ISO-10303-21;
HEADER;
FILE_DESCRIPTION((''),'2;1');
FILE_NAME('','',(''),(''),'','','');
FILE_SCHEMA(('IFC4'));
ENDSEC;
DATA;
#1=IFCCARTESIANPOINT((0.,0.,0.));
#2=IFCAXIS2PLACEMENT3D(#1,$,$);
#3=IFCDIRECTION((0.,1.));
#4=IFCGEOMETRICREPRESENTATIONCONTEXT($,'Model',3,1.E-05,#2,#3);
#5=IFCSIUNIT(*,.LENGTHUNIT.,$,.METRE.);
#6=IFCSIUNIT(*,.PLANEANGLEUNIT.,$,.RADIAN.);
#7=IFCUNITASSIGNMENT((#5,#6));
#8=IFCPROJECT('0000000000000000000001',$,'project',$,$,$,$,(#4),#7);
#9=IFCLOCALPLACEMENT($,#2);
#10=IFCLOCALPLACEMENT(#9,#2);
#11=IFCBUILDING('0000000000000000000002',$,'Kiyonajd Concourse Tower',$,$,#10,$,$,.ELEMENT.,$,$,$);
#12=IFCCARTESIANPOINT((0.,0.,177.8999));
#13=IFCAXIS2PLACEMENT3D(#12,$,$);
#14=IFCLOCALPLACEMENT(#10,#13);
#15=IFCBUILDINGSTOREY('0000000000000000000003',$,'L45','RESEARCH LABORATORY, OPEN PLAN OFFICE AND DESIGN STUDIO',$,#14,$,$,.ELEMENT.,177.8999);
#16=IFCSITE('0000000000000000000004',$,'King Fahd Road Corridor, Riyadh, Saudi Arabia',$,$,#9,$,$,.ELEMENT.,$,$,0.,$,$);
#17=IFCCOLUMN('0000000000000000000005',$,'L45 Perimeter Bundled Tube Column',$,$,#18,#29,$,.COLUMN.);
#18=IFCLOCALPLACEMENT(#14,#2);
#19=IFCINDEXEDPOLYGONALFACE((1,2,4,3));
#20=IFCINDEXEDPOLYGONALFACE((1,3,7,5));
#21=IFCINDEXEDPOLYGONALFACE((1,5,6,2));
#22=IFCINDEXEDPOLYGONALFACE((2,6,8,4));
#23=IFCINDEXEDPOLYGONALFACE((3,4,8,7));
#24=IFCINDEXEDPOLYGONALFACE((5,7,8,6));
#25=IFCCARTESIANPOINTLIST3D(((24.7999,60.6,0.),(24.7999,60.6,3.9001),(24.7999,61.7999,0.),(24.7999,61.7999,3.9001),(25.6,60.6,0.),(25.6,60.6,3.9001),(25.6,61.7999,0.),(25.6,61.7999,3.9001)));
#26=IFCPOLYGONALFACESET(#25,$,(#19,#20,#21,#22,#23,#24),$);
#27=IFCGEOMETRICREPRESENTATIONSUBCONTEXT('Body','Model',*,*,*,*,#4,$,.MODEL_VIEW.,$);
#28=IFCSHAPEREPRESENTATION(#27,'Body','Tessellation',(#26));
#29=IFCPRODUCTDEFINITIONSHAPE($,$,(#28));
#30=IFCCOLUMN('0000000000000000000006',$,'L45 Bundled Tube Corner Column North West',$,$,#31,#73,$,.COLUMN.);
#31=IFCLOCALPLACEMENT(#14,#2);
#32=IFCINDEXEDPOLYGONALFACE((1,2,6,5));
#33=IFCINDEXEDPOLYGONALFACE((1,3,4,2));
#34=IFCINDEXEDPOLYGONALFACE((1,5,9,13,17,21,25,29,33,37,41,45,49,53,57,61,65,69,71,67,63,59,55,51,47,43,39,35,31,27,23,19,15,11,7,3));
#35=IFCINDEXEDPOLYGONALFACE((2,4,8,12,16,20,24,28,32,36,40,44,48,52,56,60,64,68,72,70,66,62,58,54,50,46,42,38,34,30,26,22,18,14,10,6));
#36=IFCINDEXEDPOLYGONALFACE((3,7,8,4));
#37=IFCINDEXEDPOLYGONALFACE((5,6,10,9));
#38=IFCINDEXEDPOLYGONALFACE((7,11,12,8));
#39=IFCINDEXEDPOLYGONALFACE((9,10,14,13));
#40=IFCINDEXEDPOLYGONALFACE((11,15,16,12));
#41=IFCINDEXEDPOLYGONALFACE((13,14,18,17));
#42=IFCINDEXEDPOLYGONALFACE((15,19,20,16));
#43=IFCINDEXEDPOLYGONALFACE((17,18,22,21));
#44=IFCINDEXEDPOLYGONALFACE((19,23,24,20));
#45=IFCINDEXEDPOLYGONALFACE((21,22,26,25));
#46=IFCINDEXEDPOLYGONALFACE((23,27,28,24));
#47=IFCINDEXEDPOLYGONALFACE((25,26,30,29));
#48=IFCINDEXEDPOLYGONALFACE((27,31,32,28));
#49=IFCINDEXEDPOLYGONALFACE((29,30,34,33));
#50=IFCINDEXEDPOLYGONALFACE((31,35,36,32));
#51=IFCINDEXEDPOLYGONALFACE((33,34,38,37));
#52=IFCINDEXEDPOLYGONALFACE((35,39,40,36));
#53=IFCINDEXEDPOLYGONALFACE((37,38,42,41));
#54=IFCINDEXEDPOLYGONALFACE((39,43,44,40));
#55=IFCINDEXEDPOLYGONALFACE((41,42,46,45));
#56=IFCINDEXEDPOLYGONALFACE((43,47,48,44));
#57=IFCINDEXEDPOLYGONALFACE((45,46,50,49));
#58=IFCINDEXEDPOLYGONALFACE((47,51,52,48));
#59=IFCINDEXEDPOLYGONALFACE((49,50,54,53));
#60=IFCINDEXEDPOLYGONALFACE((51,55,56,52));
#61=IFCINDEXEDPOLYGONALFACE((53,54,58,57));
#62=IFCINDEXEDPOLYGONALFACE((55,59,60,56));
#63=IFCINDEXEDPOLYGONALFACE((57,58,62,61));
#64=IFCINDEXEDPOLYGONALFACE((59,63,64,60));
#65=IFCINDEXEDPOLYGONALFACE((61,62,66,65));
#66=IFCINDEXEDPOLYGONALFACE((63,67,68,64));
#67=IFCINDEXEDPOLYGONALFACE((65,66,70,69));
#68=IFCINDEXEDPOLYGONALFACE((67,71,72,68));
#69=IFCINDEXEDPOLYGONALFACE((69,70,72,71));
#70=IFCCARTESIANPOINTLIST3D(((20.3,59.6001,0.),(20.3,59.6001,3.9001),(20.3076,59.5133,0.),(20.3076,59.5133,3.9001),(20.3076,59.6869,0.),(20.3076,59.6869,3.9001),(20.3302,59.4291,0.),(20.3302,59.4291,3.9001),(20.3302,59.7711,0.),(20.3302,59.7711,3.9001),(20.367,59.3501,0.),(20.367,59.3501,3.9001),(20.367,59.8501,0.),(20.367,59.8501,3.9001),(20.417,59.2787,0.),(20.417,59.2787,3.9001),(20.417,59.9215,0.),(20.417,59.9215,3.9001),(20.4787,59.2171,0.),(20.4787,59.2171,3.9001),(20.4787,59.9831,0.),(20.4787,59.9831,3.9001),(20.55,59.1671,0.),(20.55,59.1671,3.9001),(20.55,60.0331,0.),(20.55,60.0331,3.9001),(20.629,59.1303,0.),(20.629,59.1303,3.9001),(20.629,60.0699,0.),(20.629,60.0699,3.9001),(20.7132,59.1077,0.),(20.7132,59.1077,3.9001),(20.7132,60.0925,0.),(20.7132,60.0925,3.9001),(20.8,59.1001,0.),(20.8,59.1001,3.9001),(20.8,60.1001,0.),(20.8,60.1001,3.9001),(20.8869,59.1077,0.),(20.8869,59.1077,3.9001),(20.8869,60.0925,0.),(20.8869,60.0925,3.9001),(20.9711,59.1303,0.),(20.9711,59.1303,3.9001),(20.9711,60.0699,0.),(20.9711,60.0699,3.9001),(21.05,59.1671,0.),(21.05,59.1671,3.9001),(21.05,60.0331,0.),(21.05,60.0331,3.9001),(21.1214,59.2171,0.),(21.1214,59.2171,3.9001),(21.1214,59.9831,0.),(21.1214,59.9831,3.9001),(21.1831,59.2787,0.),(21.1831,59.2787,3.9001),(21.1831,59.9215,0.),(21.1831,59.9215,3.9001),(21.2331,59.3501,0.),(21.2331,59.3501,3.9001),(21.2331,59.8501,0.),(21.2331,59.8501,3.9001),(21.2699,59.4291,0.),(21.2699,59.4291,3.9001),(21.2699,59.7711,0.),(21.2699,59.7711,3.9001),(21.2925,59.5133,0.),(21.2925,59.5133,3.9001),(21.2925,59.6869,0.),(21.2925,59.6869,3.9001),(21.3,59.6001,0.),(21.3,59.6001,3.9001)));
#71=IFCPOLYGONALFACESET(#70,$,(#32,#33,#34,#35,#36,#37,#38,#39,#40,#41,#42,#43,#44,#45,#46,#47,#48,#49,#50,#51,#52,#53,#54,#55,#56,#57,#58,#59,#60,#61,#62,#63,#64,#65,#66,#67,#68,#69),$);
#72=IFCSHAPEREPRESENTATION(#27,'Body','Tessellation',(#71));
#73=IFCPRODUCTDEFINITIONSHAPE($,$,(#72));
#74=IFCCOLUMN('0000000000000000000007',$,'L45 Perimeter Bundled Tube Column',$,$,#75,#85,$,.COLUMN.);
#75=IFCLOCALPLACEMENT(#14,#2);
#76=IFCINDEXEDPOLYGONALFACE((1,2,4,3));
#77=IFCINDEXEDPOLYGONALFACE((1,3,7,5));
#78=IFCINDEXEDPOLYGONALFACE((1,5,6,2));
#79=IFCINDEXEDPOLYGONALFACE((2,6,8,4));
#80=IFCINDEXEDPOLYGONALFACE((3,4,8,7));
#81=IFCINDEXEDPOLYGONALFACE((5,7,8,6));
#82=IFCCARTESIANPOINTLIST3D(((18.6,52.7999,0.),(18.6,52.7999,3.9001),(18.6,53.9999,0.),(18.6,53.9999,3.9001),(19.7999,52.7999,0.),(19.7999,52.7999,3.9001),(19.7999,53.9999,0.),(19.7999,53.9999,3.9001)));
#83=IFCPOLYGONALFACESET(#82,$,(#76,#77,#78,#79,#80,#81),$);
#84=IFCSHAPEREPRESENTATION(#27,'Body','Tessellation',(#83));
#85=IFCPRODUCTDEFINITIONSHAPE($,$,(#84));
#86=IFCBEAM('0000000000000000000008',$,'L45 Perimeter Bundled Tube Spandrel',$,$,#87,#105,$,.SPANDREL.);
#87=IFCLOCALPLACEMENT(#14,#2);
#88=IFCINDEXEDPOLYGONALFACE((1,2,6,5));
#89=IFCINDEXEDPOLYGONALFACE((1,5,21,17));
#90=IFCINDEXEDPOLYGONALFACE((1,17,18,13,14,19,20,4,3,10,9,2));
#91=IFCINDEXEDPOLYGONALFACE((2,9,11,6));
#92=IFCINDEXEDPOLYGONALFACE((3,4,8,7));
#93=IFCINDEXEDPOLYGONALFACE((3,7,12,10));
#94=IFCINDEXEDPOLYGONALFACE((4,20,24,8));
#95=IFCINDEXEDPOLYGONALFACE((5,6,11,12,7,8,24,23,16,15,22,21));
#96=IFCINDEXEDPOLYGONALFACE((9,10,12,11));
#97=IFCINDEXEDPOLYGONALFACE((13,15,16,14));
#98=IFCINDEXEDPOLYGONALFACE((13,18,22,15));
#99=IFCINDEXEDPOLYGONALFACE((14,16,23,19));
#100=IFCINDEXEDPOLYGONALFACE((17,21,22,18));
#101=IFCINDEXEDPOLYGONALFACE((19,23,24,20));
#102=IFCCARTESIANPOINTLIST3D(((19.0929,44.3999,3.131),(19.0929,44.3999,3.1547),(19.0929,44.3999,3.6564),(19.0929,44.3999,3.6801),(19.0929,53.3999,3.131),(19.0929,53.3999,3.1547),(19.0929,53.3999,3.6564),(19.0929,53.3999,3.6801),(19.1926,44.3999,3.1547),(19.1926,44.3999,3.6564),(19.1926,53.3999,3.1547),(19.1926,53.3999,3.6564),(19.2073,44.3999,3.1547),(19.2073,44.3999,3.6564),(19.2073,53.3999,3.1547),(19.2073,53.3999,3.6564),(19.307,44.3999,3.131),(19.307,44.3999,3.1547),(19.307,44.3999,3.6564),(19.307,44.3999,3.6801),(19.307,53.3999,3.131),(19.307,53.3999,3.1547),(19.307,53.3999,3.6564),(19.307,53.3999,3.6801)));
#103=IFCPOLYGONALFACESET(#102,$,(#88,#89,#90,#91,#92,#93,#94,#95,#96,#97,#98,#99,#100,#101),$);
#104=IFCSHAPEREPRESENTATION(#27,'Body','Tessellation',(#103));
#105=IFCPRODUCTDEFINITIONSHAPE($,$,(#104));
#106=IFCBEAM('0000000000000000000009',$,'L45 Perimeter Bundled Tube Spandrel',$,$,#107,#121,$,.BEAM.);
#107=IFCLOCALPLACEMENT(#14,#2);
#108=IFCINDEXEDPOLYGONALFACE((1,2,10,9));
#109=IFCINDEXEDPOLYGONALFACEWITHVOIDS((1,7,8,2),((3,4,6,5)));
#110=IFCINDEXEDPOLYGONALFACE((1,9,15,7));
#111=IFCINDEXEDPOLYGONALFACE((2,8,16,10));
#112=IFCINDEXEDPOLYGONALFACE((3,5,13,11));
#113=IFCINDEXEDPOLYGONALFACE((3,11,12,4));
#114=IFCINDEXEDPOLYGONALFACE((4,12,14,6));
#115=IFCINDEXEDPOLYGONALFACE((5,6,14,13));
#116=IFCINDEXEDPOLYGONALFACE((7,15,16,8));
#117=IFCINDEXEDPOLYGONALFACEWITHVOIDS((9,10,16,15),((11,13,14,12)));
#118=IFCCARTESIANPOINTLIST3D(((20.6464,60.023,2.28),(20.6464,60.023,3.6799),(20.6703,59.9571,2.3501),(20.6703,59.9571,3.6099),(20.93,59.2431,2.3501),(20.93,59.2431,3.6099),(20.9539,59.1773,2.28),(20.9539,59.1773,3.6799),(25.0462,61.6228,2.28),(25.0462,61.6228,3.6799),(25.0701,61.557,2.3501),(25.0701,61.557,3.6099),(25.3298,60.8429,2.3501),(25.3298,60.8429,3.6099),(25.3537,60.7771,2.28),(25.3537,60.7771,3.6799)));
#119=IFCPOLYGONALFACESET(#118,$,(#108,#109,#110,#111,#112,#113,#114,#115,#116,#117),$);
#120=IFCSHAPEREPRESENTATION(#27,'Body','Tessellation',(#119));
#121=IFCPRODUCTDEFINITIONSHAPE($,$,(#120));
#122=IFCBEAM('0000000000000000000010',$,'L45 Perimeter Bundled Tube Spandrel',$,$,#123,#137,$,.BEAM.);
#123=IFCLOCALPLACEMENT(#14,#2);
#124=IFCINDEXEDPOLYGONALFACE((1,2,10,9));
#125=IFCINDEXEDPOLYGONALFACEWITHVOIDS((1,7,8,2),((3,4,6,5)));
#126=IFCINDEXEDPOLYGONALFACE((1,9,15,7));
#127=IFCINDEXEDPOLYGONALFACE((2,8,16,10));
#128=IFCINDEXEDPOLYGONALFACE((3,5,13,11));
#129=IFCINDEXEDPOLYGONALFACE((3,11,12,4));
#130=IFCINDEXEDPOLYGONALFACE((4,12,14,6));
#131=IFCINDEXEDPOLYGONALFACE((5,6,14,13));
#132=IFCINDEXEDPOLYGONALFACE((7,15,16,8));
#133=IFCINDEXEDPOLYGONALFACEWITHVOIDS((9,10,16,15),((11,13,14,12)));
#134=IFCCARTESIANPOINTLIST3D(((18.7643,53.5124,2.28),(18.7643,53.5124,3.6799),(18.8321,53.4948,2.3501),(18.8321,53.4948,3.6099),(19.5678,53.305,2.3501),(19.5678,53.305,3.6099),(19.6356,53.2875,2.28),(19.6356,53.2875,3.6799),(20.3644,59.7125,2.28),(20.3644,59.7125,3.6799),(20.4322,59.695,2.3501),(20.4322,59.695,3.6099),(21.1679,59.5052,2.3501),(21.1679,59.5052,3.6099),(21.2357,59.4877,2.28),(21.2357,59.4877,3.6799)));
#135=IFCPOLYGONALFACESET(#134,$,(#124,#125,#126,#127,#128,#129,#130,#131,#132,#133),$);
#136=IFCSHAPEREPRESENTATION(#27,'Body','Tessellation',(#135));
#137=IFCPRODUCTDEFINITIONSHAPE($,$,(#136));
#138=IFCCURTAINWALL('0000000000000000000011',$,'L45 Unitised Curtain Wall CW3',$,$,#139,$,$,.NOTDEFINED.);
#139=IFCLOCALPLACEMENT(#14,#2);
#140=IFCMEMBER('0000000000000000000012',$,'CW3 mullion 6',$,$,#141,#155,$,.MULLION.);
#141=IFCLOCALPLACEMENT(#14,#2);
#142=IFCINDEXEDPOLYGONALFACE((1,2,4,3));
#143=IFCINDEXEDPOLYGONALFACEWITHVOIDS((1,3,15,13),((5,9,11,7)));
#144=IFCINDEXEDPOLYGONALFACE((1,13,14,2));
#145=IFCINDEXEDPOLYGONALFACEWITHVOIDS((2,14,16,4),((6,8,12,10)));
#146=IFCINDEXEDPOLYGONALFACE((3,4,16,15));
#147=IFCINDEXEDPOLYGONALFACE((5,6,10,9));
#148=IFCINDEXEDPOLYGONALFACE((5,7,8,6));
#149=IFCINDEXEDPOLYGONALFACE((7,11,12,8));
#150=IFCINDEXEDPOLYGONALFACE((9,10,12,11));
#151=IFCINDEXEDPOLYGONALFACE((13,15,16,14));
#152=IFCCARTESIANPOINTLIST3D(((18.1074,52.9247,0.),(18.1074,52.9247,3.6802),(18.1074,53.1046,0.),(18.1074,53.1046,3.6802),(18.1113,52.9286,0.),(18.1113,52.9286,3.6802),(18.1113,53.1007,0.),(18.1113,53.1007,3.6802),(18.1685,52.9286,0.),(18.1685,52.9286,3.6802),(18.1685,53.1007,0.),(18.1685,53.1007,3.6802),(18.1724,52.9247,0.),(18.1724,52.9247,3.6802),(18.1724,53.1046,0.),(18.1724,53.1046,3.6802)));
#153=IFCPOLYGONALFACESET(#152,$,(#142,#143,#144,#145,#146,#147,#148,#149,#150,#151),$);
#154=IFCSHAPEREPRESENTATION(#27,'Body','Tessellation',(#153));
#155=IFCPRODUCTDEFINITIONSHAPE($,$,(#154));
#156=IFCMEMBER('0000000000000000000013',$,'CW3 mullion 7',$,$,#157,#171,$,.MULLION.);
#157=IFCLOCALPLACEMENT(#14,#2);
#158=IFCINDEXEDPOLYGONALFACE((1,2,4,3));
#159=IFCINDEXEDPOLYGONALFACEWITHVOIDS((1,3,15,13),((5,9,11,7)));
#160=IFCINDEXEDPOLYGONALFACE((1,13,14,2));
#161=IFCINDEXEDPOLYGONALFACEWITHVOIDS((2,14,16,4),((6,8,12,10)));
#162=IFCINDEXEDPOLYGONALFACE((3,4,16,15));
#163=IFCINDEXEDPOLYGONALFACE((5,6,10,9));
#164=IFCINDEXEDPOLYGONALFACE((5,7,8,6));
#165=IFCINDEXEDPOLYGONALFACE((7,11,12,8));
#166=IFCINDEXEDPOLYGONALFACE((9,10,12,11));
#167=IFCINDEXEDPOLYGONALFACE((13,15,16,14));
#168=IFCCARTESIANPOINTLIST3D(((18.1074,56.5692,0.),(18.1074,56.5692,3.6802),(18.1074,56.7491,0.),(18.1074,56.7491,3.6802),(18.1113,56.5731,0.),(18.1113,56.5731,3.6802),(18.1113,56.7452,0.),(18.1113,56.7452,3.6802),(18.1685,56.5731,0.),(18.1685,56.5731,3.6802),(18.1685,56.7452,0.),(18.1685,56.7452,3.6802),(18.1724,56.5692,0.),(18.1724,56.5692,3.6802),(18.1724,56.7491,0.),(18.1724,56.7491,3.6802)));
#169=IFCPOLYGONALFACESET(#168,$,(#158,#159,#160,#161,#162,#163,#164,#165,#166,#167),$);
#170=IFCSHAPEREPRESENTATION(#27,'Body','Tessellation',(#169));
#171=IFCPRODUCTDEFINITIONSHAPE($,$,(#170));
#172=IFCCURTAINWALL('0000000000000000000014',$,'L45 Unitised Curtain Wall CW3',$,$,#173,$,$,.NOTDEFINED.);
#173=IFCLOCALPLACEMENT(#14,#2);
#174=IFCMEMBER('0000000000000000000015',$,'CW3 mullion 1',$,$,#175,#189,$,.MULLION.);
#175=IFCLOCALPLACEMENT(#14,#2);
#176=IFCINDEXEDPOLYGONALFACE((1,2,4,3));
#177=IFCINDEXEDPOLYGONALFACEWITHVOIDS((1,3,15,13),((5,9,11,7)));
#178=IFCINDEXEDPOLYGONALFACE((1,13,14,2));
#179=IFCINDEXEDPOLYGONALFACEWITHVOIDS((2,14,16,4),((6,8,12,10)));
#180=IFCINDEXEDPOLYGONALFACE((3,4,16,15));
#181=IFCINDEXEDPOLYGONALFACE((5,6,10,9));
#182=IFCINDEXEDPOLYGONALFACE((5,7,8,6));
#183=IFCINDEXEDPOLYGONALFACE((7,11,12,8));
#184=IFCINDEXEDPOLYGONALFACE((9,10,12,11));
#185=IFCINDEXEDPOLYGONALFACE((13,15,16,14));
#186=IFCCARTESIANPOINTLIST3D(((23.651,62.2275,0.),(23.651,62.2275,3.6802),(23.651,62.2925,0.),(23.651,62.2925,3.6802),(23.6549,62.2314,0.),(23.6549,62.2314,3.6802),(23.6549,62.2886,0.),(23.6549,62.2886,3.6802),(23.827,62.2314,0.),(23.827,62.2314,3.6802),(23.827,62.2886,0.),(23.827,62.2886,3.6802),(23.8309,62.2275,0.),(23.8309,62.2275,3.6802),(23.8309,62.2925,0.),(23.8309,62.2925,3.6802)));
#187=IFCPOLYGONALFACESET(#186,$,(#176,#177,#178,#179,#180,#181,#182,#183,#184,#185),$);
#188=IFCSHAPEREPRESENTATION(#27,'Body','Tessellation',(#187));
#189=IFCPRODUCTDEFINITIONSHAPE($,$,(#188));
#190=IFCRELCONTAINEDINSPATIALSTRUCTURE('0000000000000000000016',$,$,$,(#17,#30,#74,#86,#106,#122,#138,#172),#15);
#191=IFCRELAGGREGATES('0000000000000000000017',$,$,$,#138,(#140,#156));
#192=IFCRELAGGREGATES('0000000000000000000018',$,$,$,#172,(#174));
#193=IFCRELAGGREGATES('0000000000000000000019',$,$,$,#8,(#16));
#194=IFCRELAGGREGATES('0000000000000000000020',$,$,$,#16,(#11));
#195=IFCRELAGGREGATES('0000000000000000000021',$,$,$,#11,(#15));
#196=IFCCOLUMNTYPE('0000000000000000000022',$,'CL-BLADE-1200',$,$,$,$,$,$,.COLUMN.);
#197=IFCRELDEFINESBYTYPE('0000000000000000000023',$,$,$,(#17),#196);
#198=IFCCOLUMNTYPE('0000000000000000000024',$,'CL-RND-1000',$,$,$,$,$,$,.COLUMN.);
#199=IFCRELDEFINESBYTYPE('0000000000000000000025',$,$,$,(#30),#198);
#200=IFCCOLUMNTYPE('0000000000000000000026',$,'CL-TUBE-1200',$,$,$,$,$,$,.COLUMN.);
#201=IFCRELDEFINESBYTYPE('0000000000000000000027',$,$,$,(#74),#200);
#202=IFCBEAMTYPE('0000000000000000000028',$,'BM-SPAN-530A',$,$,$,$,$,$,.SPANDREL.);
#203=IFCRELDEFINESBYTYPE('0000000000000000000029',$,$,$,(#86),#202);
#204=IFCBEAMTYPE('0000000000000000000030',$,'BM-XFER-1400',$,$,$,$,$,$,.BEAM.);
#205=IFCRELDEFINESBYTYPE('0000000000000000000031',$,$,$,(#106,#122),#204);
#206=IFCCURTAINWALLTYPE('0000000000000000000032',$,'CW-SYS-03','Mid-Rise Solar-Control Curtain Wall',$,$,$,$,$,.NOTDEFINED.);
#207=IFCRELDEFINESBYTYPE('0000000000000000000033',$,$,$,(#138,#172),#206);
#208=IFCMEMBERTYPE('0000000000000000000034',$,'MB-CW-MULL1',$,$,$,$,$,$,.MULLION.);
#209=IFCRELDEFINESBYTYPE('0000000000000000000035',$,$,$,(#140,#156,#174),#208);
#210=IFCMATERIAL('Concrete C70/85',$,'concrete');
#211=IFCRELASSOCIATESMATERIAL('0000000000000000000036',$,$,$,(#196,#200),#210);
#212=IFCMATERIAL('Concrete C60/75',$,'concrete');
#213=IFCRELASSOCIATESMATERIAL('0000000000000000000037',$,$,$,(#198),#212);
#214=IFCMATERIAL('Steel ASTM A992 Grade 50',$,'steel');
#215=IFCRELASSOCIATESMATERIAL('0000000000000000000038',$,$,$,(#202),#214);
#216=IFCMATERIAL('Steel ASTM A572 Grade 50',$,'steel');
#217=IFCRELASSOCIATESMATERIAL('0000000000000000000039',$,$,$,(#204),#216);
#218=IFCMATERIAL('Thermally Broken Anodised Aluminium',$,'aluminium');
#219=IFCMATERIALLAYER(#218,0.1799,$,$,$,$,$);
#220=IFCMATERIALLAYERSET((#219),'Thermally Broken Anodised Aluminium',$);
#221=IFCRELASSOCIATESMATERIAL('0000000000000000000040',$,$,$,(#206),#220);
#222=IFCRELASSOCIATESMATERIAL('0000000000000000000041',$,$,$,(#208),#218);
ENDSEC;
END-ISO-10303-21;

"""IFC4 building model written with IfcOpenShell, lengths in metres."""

from ifc_helpers import new_model, si_unit, direction, frame, origin, origin_2d, place, context, subcontext, project, spatial, rectangle, hollow_rectangle, circle, i_section, extrude, material, layer, layer_set, material_profile, profile_set, type_object, element, aggregate, save


model = new_model("IFC4")

# Units and contexts
model_context = context("Model", 3, precision=1e-05, world=origin(), true_north=direction((0.0, 1.0)))
body_context = subcontext(model_context, "Body", "Model", "MODEL_VIEW")
ifc_project = project(units=[si_unit("LENGTHUNIT", "METRE"), si_unit("PLANEANGLEUNIT", "RADIAN")], contexts=[model_context])

# Site, building, storey
site_placement = place(None, origin())
site = spatial("IfcSite", under=ifc_project, at=site_placement, Name="King Fahd Road Corridor, Riyadh, Saudi Arabia", CompositionType="ELEMENT", RefElevation=0.0)
building_placement = place(site_placement, origin())
building = spatial("IfcBuilding", under=site, at=building_placement, Name="Kiyonajd Concourse Tower", CompositionType="ELEMENT")
storey_placement = place(building_placement, frame((0.0, 0.0, 177.8999)))
storey = spatial("IfcBuildingStorey", under=building, at=storey_placement, Name="L45", Description="RESEARCH LABORATORY, OPEN PLAN OFFICE AND DESIGN STUDIO", CompositionType="ELEMENT", Elevation=177.8999)

# Columns
ifc_material_1 = material(Name="Concrete C70/85", Category="concrete")
ifc_material_profile_1 = material_profile(ifc_material_1, rectangle(XDim=0.8, YDim=1.2, at=origin_2d()), Name="RC-1200x800")
ifc_profile_set_1 = profile_set([ifc_material_profile_1], Name="Concrete C70/85")
column_type_1 = type_object("IfcColumnType", Name="CL-BLADE-1200", PredefinedType="COLUMN", material=ifc_profile_set_1)
column_1_placement = place(storey_placement, frame((25.2, 61.2, 0.0), z_axis=(0.0, 0.0, 1.0), x_axis=(1.0, 0.0, 0.0)))
element("IfcColumn", 1, at=column_1_placement, inside=storey, type_object=column_type_1, Name="L45 Perimeter Bundled Tube Column", PredefinedType="COLUMN", context=body_context, shape_type="SweptSolid", body=[
    extrude(rectangle(XDim=0.8, YDim=1.2, at=origin_2d()), origin(), (0.0, 0.0, 1.0), 3.9001),
])
ifc_material_2 = material(Name="Concrete C60/75", Category="concrete")
ifc_material_profile_2 = material_profile(ifc_material_2, circle(Radius=0.5, at=origin_2d()), Name="RCC-D1000")
ifc_profile_set_2 = profile_set([ifc_material_profile_2], Name="Concrete C60/75")
column_type_2 = type_object("IfcColumnType", Name="CL-RND-1000", PredefinedType="COLUMN", material=ifc_profile_set_2)
column_2_placement = place(storey_placement, frame((20.8, 59.6001, 0.0), z_axis=(0.0, 0.0, 1.0), x_axis=(1.0, 0.0, 0.0)))
element("IfcColumn", 2, at=column_2_placement, inside=storey, type_object=column_type_2, Name="L45 Bundled Tube Corner Column North West", PredefinedType="COLUMN", context=body_context, shape_type="SweptSolid", body=[
    extrude(circle(Radius=0.5, at=origin_2d()), origin(), (0.0, 0.0, 1.0), 3.9001),
])
ifc_material_profile_3 = material_profile(ifc_material_1, rectangle(XDim=1.2, YDim=1.2, at=origin_2d()), Name="RC-1200x1200")
ifc_profile_set_3 = profile_set([ifc_material_profile_3], Name="Concrete C70/85")
column_type_3 = type_object("IfcColumnType", Name="CL-TUBE-1200", PredefinedType="COLUMN", material=ifc_profile_set_3)
column_3_placement = place(storey_placement, frame((19.2, 53.3999, 0.0), z_axis=(0.0, 0.0, 1.0), x_axis=(1.0, 0.0, 0.0)))
element("IfcColumn", 3, at=column_3_placement, inside=storey, type_object=column_type_3, Name="L45 Perimeter Bundled Tube Column", PredefinedType="COLUMN", context=body_context, shape_type="SweptSolid", body=[
    extrude(rectangle(XDim=1.2, YDim=1.2, at=origin_2d()), origin(), (0.0, 0.0, 1.0), 3.9001),
])

# Beams
ifc_material_3 = material(Name="Steel ASTM A992 Grade 50", Category="steel")
ifc_material_profile_4 = material_profile(ifc_material_3, i_section(OverallWidth=0.2141, OverallDepth=0.5491, WebThickness=0.0146, FlangeThickness=0.0237, at=origin_2d()), Name="W530X138")
ifc_profile_set_4 = profile_set([ifc_material_profile_4], Name="Steel ASTM A992 Grade 50")
beam_type_1 = type_object("IfcBeamType", Name="BM-SPAN-530A", PredefinedType="SPANDREL", material=ifc_profile_set_4)
beam_1_placement = place(storey_placement, frame((19.2, 53.3999, 3.4055), z_axis=(0.0, -1.0, 0.0), x_axis=(1.0, 0.0, 0.0)))
element("IfcBeam", 4, at=beam_1_placement, inside=storey, type_object=beam_type_1, Name="L45 Perimeter Bundled Tube Spandrel", PredefinedType="SPANDREL", context=body_context, shape_type="SweptSolid", body=[
    extrude(i_section(OverallWidth=0.2141, OverallDepth=0.5491, WebThickness=0.0146, FlangeThickness=0.0237, at=origin_2d()), origin(), (0.0, 0.0, 1.0), 9.0),
])
ifc_material_4 = material(Name="Steel ASTM A572 Grade 50", Category="steel")
ifc_material_profile_5 = material_profile(ifc_material_4, hollow_rectangle(XDim=0.8999, YDim=1.3999, WallThickness=0.0701, at=origin_2d()), Name="BOX-1400x900x70")
ifc_profile_set_5 = profile_set([ifc_material_profile_5], Name="Steel ASTM A572 Grade 50")
beam_type_2 = type_object("IfcBeamType", Name="BM-XFER-1400", PredefinedType="BEAM", material=ifc_profile_set_5)
beam_2_placement = place(storey_placement, frame((25.2, 61.2, 2.98), z_axis=(-0.939801, -0.341722, 0.0), x_axis=(0.341722, -0.939801, 0.0)))
element("IfcBeam", 5, at=beam_2_placement, inside=storey, type_object=beam_type_2, Name="L45 Perimeter Bundled Tube Spandrel", PredefinedType="BEAM", context=body_context, shape_type="SweptSolid", body=[
    extrude(hollow_rectangle(XDim=0.8999, YDim=1.3999, WallThickness=0.0701, at=origin_2d()), origin(), (0.0, 0.0, 1.0), 4.6816),
])
beam_3_placement = place(storey_placement, frame((20.8, 59.6001, 2.98), z_axis=(-0.249885, -0.968276, 0.0), x_axis=(0.968276, -0.249885, 0.0)))
element("IfcBeam", 6, at=beam_3_placement, inside=storey, type_object=beam_type_2, Name="L45 Perimeter Bundled Tube Spandrel", PredefinedType="BEAM", context=body_context, shape_type="SweptSolid", body=[
    extrude(hollow_rectangle(XDim=0.8999, YDim=1.3999, WallThickness=0.0701, at=origin_2d()), origin(), (0.0, 0.0, 1.0), 6.4033),
])

# Curtain walls, members
ifc_material_5 = material(Name="Thermally Broken Anodised Aluminium", Category="aluminium")
ifc_layer_1 = layer(ifc_material_5, 0.1799)
ifc_layer_set_1 = layer_set([ifc_layer_1], Name="Thermally Broken Anodised Aluminium")
curtain_wall_type = type_object("IfcCurtainWallType", Name="CW-SYS-03", Description="Mid-Rise Solar-Control Curtain Wall", PredefinedType="NOTDEFINED", material=ifc_layer_set_1)
curtain_wall_1_placement = place(storey_placement, origin())
curtain_wall_1 = element("IfcCurtainWall", 7, at=curtain_wall_1_placement, inside=storey, type_object=curtain_wall_type, Name="L45 Unitised Curtain Wall CW3", PredefinedType="NOTDEFINED")
ifc_material_profile_6 = material_profile(ifc_material_5, hollow_rectangle(XDim=0.0649, YDim=0.1799, WallThickness=0.0039, at=origin_2d()), Name="MULL-65x180")
ifc_profile_set_6 = profile_set([ifc_material_profile_6], Name="Thermally Broken Anodised Aluminium")
member_type_1 = type_object("IfcMemberType", Name="MB-CW-MULL1", PredefinedType="MULLION", material=ifc_profile_set_6)
member_1_placement = place(storey_placement, frame((18.1399, 53.0146, 0.0), z_axis=(0.0, 0.0, 1.0), x_axis=(-1.0, 0.0, 0.0)))
member_1 = element("IfcMember", 8, at=member_1_placement, type_object=member_type_1, Name="CW3 mullion 6", PredefinedType="MULLION", context=body_context, shape_type="SweptSolid", body=[
    extrude(hollow_rectangle(XDim=0.0649, YDim=0.1799, WallThickness=0.0039, at=origin_2d()), origin(), (0.0, 0.0, 1.0), 3.6802),
])
member_2_placement = place(storey_placement, frame((18.1399, 56.6592, 0.0), z_axis=(0.0, 0.0, 1.0), x_axis=(-1.0, 0.0, 0.0)))
member_2 = element("IfcMember", 9, at=member_2_placement, type_object=member_type_1, Name="CW3 mullion 7", PredefinedType="MULLION", context=body_context, shape_type="SweptSolid", body=[
    extrude(hollow_rectangle(XDim=0.0649, YDim=0.1799, WallThickness=0.0039, at=origin_2d()), origin(), (0.0, 0.0, 1.0), 3.6802),
])
curtain_wall_2_placement = place(storey_placement, origin())
curtain_wall_2 = element("IfcCurtainWall", 10, at=curtain_wall_2_placement, inside=storey, type_object=curtain_wall_type, Name="L45 Unitised Curtain Wall CW3", PredefinedType="NOTDEFINED")
member_3_placement = place(storey_placement, frame((23.741, 62.26, 0.0), z_axis=(0.0, 0.0, 1.0), x_axis=(0.0, 1.0, 0.0)))
member_3 = element("IfcMember", 11, at=member_3_placement, type_object=member_type_1, Name="CW3 mullion 1", PredefinedType="MULLION", context=body_context, shape_type="SweptSolid", body=[
    extrude(hollow_rectangle(XDim=0.0649, YDim=0.1799, WallThickness=0.0039, at=origin_2d()), origin(), (0.0, 0.0, 1.0), 3.6802),
])

aggregate(curtain_wall_1, [member_1, member_2])
aggregate(curtain_wall_2, [member_3])

save(model, "model.ifc")
